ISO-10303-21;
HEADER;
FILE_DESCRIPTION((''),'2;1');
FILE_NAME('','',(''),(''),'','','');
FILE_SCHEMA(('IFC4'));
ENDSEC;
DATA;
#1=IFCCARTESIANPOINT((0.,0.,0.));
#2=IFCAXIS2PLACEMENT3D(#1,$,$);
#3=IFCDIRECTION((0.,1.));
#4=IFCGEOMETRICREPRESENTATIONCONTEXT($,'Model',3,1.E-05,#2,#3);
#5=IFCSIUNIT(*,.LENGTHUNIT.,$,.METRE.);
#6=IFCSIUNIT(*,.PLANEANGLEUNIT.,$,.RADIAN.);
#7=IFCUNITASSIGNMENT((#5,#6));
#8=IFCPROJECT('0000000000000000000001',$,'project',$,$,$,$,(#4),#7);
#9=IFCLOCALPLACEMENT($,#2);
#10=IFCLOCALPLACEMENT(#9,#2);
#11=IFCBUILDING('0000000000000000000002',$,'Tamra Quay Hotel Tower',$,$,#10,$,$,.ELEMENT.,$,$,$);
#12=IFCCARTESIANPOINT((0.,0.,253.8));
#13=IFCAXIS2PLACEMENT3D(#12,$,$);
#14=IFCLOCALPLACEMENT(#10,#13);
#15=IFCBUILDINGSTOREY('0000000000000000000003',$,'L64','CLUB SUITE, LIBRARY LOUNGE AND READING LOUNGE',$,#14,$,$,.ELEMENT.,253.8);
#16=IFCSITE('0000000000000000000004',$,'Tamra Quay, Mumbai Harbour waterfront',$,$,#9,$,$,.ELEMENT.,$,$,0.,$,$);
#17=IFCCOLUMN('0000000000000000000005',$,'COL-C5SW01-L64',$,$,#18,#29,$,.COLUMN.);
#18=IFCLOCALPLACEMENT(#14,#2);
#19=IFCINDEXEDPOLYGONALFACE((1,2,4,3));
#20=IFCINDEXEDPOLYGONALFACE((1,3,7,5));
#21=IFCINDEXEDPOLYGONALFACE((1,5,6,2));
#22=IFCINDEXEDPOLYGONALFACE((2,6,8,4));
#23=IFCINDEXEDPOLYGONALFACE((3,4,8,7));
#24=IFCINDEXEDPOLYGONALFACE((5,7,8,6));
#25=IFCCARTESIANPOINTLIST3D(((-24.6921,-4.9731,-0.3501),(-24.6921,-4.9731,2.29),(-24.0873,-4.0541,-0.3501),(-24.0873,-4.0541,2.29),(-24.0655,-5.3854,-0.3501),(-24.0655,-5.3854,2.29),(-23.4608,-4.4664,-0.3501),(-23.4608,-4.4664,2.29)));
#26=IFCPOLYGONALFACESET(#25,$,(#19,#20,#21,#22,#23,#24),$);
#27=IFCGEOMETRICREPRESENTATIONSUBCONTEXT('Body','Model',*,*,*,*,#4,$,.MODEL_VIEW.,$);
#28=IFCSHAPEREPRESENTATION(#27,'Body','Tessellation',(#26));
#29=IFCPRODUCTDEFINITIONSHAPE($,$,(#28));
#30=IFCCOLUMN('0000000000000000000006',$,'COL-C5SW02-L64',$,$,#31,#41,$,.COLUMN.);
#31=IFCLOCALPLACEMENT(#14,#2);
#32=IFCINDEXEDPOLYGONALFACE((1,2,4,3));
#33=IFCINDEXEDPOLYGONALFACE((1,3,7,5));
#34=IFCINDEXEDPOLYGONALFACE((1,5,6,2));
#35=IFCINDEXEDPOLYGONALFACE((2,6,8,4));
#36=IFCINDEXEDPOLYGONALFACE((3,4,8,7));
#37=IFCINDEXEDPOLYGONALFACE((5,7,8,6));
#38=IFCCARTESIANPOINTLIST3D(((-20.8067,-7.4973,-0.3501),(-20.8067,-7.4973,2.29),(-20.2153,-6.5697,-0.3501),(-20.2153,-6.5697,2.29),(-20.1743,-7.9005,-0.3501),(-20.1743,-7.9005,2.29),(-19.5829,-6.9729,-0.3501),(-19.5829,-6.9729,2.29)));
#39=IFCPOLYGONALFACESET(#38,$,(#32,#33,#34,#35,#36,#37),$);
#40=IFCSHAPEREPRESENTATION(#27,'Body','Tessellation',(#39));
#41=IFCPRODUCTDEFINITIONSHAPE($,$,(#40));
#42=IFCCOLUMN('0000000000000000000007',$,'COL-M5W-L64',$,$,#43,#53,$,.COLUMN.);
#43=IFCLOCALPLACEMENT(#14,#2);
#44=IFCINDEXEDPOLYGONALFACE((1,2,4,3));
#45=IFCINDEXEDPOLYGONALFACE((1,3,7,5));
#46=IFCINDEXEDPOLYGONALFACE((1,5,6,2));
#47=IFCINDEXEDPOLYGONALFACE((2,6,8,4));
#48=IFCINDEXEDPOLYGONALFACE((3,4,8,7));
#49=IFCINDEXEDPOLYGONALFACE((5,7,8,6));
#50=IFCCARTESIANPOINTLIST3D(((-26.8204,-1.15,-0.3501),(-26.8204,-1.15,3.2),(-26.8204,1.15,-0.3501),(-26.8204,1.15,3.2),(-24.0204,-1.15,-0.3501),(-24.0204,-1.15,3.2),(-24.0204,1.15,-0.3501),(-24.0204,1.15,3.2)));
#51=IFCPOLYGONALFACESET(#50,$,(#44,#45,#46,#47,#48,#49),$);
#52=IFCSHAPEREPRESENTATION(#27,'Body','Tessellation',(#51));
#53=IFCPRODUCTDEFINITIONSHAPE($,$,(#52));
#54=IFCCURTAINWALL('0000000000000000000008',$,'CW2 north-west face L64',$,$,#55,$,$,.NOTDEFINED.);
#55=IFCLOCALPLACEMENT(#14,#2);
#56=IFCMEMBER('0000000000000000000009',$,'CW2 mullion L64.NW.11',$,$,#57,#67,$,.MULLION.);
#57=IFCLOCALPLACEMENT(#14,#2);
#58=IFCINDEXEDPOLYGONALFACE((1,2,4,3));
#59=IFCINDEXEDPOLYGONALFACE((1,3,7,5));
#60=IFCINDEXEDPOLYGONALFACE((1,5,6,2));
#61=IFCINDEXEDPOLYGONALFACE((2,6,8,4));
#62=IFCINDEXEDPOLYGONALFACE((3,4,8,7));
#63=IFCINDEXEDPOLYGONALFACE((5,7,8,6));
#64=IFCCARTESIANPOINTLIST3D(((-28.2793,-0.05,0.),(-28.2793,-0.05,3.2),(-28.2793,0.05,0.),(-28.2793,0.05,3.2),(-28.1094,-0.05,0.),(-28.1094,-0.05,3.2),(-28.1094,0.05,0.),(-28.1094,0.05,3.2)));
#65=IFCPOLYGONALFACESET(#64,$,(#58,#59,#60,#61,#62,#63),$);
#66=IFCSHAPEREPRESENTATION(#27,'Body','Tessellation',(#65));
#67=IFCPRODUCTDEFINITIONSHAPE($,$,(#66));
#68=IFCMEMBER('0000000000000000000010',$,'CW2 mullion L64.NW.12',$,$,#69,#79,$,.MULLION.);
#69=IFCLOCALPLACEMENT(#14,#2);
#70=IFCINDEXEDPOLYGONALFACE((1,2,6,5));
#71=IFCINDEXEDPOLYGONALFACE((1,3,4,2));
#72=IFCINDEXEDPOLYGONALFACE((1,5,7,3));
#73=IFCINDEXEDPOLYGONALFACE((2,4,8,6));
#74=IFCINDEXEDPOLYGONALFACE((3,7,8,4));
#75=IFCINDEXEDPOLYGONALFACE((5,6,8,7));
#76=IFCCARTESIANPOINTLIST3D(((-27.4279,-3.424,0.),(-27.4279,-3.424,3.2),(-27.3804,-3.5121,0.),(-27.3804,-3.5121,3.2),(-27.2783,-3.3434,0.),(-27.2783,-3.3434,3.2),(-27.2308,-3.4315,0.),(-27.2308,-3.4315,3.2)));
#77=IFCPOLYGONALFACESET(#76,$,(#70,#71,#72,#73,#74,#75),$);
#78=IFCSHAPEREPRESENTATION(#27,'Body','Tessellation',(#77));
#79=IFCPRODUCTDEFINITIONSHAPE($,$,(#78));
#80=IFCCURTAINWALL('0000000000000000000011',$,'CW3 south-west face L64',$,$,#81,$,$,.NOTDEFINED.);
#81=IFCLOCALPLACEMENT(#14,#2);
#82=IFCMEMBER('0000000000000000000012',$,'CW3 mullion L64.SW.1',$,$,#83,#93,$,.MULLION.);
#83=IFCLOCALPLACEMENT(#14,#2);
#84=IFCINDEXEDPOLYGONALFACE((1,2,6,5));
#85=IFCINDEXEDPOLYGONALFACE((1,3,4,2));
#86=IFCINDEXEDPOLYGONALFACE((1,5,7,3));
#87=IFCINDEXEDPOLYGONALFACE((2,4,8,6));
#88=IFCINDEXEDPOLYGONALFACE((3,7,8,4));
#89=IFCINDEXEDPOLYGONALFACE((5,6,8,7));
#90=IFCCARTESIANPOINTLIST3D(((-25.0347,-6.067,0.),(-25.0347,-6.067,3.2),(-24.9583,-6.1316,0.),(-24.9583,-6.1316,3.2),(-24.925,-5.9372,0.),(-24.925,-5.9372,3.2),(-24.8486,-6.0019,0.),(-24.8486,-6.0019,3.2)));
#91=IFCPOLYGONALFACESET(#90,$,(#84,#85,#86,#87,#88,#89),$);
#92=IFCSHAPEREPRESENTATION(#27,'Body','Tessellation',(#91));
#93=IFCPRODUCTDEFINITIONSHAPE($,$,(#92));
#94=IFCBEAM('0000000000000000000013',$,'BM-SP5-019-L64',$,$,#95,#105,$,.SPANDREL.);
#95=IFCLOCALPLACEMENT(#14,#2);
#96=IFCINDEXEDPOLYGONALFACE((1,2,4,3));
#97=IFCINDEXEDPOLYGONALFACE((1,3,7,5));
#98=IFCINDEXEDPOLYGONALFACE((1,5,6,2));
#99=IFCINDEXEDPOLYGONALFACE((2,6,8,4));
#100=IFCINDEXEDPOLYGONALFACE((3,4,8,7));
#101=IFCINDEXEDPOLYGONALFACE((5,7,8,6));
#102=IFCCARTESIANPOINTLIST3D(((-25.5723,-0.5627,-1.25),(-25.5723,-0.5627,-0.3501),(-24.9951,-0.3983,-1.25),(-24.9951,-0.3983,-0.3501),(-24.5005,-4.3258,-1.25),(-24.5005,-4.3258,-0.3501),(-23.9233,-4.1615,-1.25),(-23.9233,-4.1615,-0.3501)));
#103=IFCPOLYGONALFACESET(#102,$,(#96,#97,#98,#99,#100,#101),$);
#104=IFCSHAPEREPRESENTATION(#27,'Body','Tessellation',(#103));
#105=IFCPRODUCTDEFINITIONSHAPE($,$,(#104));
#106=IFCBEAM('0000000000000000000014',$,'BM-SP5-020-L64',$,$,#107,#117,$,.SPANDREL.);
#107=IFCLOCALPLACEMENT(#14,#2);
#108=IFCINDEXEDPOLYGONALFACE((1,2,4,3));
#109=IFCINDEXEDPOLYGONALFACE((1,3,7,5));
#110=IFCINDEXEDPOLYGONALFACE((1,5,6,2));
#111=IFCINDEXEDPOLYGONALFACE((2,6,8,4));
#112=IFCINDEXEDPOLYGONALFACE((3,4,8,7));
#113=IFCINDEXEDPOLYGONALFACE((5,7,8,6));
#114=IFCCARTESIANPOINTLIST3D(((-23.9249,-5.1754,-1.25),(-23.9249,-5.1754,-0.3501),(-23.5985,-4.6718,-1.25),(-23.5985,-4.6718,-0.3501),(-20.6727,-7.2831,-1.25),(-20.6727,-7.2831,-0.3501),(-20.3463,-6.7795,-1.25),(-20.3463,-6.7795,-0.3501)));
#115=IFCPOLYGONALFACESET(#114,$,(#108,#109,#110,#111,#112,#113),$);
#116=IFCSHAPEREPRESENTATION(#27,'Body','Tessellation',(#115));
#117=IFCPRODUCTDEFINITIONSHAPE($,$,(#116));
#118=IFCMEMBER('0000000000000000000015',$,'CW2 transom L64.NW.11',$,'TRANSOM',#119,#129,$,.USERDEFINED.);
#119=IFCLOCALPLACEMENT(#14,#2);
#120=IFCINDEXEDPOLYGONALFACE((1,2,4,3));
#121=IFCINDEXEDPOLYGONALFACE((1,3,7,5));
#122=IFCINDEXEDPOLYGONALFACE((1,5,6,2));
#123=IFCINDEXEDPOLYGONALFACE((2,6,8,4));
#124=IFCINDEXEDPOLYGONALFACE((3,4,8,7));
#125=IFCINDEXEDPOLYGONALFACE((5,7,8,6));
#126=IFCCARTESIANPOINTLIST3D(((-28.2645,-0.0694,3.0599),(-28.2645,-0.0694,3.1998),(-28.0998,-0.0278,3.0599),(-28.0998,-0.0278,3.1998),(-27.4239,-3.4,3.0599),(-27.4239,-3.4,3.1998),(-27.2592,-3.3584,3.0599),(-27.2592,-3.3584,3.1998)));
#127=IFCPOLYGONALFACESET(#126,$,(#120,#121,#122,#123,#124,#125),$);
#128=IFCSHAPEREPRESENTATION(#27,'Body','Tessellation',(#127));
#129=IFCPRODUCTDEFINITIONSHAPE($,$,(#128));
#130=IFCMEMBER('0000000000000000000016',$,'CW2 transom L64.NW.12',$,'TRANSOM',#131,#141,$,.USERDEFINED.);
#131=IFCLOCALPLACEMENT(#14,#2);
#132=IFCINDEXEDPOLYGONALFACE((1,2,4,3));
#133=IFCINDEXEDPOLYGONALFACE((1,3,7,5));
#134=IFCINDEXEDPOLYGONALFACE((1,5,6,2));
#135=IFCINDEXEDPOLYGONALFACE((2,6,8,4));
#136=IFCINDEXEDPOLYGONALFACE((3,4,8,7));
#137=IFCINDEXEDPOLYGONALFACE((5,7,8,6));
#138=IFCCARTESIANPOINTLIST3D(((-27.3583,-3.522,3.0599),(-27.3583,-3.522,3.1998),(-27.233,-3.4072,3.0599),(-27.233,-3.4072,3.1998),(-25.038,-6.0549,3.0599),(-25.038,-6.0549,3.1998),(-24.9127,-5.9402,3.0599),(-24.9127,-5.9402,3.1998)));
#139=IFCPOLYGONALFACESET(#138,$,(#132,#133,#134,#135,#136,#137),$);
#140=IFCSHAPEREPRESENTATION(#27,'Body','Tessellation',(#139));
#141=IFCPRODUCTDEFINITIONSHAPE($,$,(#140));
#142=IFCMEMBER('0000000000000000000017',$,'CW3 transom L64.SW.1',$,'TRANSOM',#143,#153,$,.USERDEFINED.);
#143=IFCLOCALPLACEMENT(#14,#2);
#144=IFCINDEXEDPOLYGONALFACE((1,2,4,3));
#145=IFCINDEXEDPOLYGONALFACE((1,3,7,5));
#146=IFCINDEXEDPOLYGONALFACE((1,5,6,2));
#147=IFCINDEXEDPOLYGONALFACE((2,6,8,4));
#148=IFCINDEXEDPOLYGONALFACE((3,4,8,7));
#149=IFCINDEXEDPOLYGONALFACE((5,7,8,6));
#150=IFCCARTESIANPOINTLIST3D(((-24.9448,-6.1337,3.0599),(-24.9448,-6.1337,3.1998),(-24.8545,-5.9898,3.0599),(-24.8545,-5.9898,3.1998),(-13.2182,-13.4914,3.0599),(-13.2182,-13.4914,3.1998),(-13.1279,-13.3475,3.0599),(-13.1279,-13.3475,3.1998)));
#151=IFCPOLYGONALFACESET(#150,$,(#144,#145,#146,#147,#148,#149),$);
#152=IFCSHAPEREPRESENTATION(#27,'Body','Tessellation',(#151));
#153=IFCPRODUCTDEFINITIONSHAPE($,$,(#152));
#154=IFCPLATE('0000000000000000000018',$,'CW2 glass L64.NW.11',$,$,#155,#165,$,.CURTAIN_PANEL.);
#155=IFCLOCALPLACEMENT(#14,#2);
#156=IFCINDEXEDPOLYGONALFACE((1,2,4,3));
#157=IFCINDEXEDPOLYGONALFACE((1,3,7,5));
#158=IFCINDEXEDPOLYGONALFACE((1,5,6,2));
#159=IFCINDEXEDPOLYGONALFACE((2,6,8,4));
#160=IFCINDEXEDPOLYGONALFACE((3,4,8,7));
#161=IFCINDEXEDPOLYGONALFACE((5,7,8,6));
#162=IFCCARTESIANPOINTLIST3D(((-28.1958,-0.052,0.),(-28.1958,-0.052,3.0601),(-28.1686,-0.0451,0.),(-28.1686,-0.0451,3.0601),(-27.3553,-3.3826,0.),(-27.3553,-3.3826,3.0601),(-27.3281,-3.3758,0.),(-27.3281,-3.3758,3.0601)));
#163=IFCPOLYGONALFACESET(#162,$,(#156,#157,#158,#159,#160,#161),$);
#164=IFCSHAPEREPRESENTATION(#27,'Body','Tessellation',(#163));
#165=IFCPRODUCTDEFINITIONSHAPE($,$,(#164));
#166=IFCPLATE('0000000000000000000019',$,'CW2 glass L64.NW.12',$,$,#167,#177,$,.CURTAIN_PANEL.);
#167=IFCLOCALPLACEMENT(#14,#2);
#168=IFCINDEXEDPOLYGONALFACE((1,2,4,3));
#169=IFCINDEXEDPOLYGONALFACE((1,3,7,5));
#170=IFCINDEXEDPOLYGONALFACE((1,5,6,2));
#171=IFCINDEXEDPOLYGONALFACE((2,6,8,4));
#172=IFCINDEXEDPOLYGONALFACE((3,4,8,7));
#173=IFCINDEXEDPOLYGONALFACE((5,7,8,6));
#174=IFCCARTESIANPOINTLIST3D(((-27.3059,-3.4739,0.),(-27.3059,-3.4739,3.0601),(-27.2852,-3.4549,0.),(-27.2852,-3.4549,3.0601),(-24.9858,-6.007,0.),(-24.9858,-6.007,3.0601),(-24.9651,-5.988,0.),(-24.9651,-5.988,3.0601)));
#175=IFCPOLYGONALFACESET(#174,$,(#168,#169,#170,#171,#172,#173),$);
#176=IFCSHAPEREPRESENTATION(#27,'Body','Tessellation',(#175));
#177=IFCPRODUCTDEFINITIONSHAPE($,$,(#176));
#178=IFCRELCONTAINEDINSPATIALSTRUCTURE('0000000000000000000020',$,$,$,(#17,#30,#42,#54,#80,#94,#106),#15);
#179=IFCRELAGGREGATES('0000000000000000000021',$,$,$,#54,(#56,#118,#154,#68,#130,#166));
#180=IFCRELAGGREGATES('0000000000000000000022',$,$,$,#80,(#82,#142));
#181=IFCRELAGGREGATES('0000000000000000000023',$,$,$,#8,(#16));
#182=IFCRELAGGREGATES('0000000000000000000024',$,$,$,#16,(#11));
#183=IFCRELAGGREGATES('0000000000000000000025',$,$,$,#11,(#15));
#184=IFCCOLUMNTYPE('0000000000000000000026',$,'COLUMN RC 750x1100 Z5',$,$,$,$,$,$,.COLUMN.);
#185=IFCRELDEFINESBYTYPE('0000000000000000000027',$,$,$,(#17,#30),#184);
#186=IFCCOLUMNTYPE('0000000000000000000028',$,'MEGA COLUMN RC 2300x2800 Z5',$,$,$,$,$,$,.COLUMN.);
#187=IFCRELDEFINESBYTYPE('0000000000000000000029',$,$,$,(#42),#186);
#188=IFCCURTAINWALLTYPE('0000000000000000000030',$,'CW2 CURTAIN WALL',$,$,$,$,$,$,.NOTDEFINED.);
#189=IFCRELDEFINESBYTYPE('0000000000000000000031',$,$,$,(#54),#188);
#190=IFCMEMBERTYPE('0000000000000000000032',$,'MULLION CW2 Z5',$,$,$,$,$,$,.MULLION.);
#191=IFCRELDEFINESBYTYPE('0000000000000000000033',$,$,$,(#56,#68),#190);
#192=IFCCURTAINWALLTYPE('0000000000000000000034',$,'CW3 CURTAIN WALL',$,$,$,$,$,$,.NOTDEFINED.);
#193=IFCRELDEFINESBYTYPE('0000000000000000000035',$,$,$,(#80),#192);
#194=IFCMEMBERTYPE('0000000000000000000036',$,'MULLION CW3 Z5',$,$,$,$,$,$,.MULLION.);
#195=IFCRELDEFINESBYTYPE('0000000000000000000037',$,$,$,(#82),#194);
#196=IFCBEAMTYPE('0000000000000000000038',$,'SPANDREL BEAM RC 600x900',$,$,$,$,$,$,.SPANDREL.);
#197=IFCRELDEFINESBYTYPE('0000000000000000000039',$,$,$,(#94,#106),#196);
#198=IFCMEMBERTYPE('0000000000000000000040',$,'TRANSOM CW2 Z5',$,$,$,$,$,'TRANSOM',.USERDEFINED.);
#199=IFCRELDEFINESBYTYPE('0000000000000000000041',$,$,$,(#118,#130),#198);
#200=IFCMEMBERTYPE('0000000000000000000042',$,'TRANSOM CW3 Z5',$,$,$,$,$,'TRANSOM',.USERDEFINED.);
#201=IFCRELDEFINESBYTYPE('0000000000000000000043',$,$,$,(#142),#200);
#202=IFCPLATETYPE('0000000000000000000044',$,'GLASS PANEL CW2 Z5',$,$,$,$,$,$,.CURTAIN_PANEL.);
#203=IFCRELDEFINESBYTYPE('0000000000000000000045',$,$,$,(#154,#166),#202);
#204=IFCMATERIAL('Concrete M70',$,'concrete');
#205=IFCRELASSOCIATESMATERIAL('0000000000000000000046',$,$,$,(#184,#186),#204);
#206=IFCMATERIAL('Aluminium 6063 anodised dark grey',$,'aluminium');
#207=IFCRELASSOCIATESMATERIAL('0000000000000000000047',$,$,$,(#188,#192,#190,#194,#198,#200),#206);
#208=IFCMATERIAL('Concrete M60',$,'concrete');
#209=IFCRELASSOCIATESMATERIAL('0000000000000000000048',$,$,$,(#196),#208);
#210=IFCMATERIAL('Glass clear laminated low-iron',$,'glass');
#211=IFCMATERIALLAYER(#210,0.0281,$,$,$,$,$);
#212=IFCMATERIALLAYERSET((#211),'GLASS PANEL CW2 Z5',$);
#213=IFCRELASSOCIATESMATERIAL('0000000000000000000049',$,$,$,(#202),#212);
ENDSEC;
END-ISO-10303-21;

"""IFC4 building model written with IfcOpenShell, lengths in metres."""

from ifc_helpers import new_model, si_unit, direction, frame, origin, origin_2d, place, context, subcontext, project, spatial, rectangle, extrude, material, layer, layer_set, material_profile, profile_set, type_object, element, aggregate, save


model = new_model("IFC4")

# Units and contexts
model_context = context("Model", 3, precision=1e-05, world=origin(), true_north=direction((0.0, 1.0)))
body_context = subcontext(model_context, "Body", "Model", "MODEL_VIEW")
ifc_project = project(units=[si_unit("LENGTHUNIT", "METRE"), si_unit("PLANEANGLEUNIT", "RADIAN")], contexts=[model_context])

# Site, building, storey
site_placement = place(None, origin())
site = spatial("IfcSite", under=ifc_project, at=site_placement, Name="Tamra Quay, Mumbai Harbour waterfront", CompositionType="ELEMENT", RefElevation=0.0)
building_placement = place(site_placement, origin())
building = spatial("IfcBuilding", under=site, at=building_placement, Name="Tamra Quay Hotel Tower", CompositionType="ELEMENT")
storey_placement = place(building_placement, frame((0.0, 0.0, 253.8)))
storey = spatial("IfcBuildingStorey", under=building, at=storey_placement, Name="L64", Description="CLUB SUITE, LIBRARY LOUNGE AND READING LOUNGE", CompositionType="ELEMENT", Elevation=253.8)

# Columns
ifc_material_1 = material(Name="Concrete M70", Category="concrete")
ifc_material_profile_1 = material_profile(ifc_material_1, rectangle(XDim=1.1001, YDim=0.75, at=origin_2d()), Name="COLUMN RC 750x1100 Z5")
ifc_profile_set_1 = profile_set([ifc_material_profile_1], Name="Concrete M70")
column_type_1 = type_object("IfcColumnType", Name="COLUMN RC 750x1100 Z5", PredefinedType="COLUMN", material=ifc_profile_set_1)
for number, where, z_axis, x_axis, name in (
    (1, (-24.0764, -4.7197, -0.3501), (0.0, 0.0, 1.0), (0.549739, 0.835337, 0.0), "COL-C5SW01-L64"),
    (2, (-20.1948, -7.2351, -0.3501), (0.0, 0.0, 1.0), (0.537585, 0.843209, 0.0), "COL-C5SW02-L64"),
):
    element("IfcColumn", number, at=place(storey_placement, frame(where, z_axis=z_axis, x_axis=x_axis)), inside=storey, type_object=column_type_1, Name=name, PredefinedType="COLUMN", context=body_context, shape_type="SweptSolid", body=[
        extrude(rectangle(XDim=1.1001, YDim=0.75, at=origin_2d()), origin(), (0.0, 0.0, 1.0), 2.6401),
    ])
ifc_material_profile_2 = material_profile(ifc_material_1, rectangle(XDim=2.8, YDim=2.3, at=origin_2d()), Name="MEGA COLUMN RC 2300x2800 Z5")
ifc_profile_set_2 = profile_set([ifc_material_profile_2], Name="Concrete M70")
column_type_2 = type_object("IfcColumnType", Name="MEGA COLUMN RC 2300x2800 Z5", PredefinedType="COLUMN", material=ifc_profile_set_2)
column_placement = place(storey_placement, frame((-25.4204, 0.0, -0.3501), z_axis=(0.0, 0.0, 1.0), x_axis=(1.0, 0.0, 0.0)))
element("IfcColumn", 3, at=column_placement, inside=storey, type_object=column_type_2, Name="COL-M5W-L64", PredefinedType="COLUMN", context=body_context, shape_type="SweptSolid", body=[
    extrude(rectangle(XDim=2.8, YDim=2.3, at=origin_2d()), origin(), (0.0, 0.0, 1.0), 3.55),
])

# Curtain wall, members
ifc_material_2 = material(Name="Aluminium 6063 anodised dark grey", Category="aluminium")
curtain_wall_type_1 = type_object("IfcCurtainWallType", Name="CW2 CURTAIN WALL", PredefinedType="NOTDEFINED", material=ifc_material_2)
curtain_wall_1_placement = place(storey_placement, origin())
curtain_wall_1 = element("IfcCurtainWall", 4, at=curtain_wall_1_placement, inside=storey, type_object=curtain_wall_type_1, Name="CW2 north-west face L64", PredefinedType="NOTDEFINED")
ifc_material_profile_3 = material_profile(ifc_material_2, rectangle(XDim=0.1699, YDim=0.1001, at=origin_2d()), Name="MULLION 100X170")
ifc_profile_set_3 = profile_set([ifc_material_profile_3], Name="Aluminium 6063 anodised dark grey")
member_type_1 = type_object("IfcMemberType", Name="MULLION CW2 Z5", PredefinedType="MULLION", material=ifc_profile_set_3)
member_1_placement = place(storey_placement, frame((-28.1943, 0.0, 0.0), z_axis=(0.0, 0.0, 1.0), x_axis=(-1.0, 0.0, 0.0)))
member_1 = element("IfcMember", 5, at=member_1_placement, type_object=member_type_1, Name="CW2 mullion L64.NW.11", PredefinedType="MULLION", context=body_context, shape_type="SweptSolid", body=[
    extrude(rectangle(XDim=0.1699, YDim=0.1001, at=origin_2d()), origin(), (0.0, 0.0, 1.0), 3.2),
])
member_2_placement = place(storey_placement, frame((-27.3293, -3.4277, 0.0), z_axis=(0.0, 0.0, 1.0), x_axis=(-0.880267, -0.474479, 0.0)))
member_2 = element("IfcMember", 6, at=member_2_placement, type_object=member_type_1, Name="CW2 mullion L64.NW.12", PredefinedType="MULLION", context=body_context, shape_type="SweptSolid", body=[
    extrude(rectangle(XDim=0.1699, YDim=0.1001, at=origin_2d()), origin(), (0.0, 0.0, 1.0), 3.2),
])

# Curtain wall, member
curtain_wall_type_2 = type_object("IfcCurtainWallType", Name="CW3 CURTAIN WALL", PredefinedType="NOTDEFINED", material=ifc_material_2)
curtain_wall_2_placement = place(storey_placement, origin())
curtain_wall_2 = element("IfcCurtainWall", 7, at=curtain_wall_2_placement, inside=storey, type_object=curtain_wall_type_2, Name="CW3 south-west face L64", PredefinedType="NOTDEFINED")
ifc_material_profile_4 = material_profile(ifc_material_2, rectangle(XDim=0.1699, YDim=0.1001, at=origin_2d()), Name="MULLION 100X170")
ifc_profile_set_4 = profile_set([ifc_material_profile_4], Name="Aluminium 6063 anodised dark grey")
member_type_2 = type_object("IfcMemberType", Name="MULLION CW3 Z5", PredefinedType="MULLION", material=ifc_profile_set_4)
member_3_placement = place(storey_placement, frame((-24.9417, -6.0344, 0.0), z_axis=(0.0, 0.0, 1.0), x_axis=(-0.645846, -0.763467, 0.0)))
member_3 = element("IfcMember", 8, at=member_3_placement, type_object=member_type_2, Name="CW3 mullion L64.SW.1", PredefinedType="MULLION", context=body_context, shape_type="SweptSolid", body=[
    extrude(rectangle(XDim=0.1699, YDim=0.1001, at=origin_2d()), origin(), (0.0, 0.0, 1.0), 3.2),
])

# Beams
ifc_material_3 = material(Name="Concrete M60", Category="concrete")
ifc_material_profile_5 = material_profile(ifc_material_3, rectangle(XDim=0.6001, YDim=0.8999, at=origin_2d()), Name="SPANDREL BEAM RC 600x900")
ifc_profile_set_5 = profile_set([ifc_material_profile_5], Name="Concrete M60")
beam_type = type_object("IfcBeamType", Name="SPANDREL BEAM RC 600x900", PredefinedType="SPANDREL", material=ifc_profile_set_5)
beam_1_placement = place(storey_placement, frame((-25.2837, -0.4805, -0.8), z_axis=(0.273913, -0.961754, 0.0), x_axis=(0.961754, 0.273913, 0.0)))
element("IfcBeam", 9, at=beam_1_placement, inside=storey, type_object=beam_type, Name="BM-SP5-019-L64", PredefinedType="SPANDREL", context=body_context, shape_type="SweptSolid", body=[
    extrude(rectangle(XDim=0.6001, YDim=0.8999, at=origin_2d()), origin(), (0.0, 0.0, 1.0), 3.9128),
])
beam_2_placement = place(storey_placement, frame((-23.7617, -4.9236, -0.8), z_axis=(0.839181, -0.543852, 0.0), x_axis=(0.543852, 0.839181, 0.0)))
element("IfcBeam", 10, at=beam_2_placement, inside=storey, type_object=beam_type, Name="BM-SP5-020-L64", PredefinedType="SPANDREL", context=body_context, shape_type="SweptSolid", body=[
    extrude(rectangle(XDim=0.6001, YDim=0.8999, at=origin_2d()), origin(), (0.0, 0.0, 1.0), 3.8755),
])

# Members
ifc_material_profile_6 = material_profile(ifc_material_2, rectangle(XDim=0.1699, YDim=0.1399, at=origin_2d()), Name="TRANSOM 170X140")
ifc_profile_set_6 = profile_set([ifc_material_profile_6], Name="Aluminium 6063 anodised dark grey")
member_type_3 = type_object("IfcMemberType", Name="TRANSOM CW2 Z5", ElementType="TRANSOM", PredefinedType="USERDEFINED", material=ifc_profile_set_6)
member_4_placement = place(storey_placement, frame((-28.1821, -0.0486, 3.1299), z_axis=(0.244709, -0.969597, 0.0), x_axis=(0.969597, 0.244709, 0.0)))
member_4 = element("IfcMember", 11, at=member_4_placement, type_object=member_type_3, Name="CW2 transom L64.NW.11", ObjectType="TRANSOM", PredefinedType="USERDEFINED", context=body_context, shape_type="SweptSolid", body=[
    extrude(rectangle(XDim=0.1699, YDim=0.1399, at=origin_2d()), origin(), (0.0, 0.0, 1.0), 3.4351),
])
member_5_placement = place(storey_placement, frame((-27.2957, -3.4646, 3.1299), z_axis=(0.675477, -0.737381, 0.0), x_axis=(0.737381, 0.675477, 0.0)))
member_5 = element("IfcMember", 12, at=member_5_placement, type_object=member_type_3, Name="CW2 transom L64.NW.12", ObjectType="TRANSOM", PredefinedType="USERDEFINED", context=body_context, shape_type="SweptSolid", body=[
    extrude(rectangle(XDim=0.1699, YDim=0.1399, at=origin_2d()), origin(), (0.0, 0.0, 1.0), 3.4351),
])
ifc_material_profile_7 = material_profile(ifc_material_2, rectangle(XDim=0.1699, YDim=0.1399, at=origin_2d()), Name="TRANSOM 170X140")
ifc_profile_set_7 = profile_set([ifc_material_profile_7], Name="Aluminium 6063 anodised dark grey")
member_type_4 = type_object("IfcMemberType", Name="TRANSOM CW3 Z5", ElementType="TRANSOM", PredefinedType="USERDEFINED", material=ifc_profile_set_7)
member_6_placement = place(storey_placement, frame((-24.8997, -6.0618, 3.1299), z_axis=(0.84707, -0.531482, 0.0), x_axis=(0.531482, 0.84707, 0.0)))
member_6 = element("IfcMember", 13, at=member_6_placement, type_object=member_type_4, Name="CW3 transom L64.SW.1", ObjectType="TRANSOM", PredefinedType="USERDEFINED", context=body_context, shape_type="SweptSolid", body=[
    extrude(rectangle(XDim=0.1699, YDim=0.1399, at=origin_2d()), origin(), (0.0, 0.0, 1.0), 13.8438),
])

# Plates
ifc_material_4 = material(Name="Glass clear laminated low-iron", Category="glass")
ifc_layer_1 = layer(ifc_material_4, 0.0281)
ifc_layer_set_1 = layer_set([ifc_layer_1], Name="GLASS PANEL CW2 Z5")
plate_type_1 = type_object("IfcPlateType", Name="GLASS PANEL CW2 Z5", PredefinedType="CURTAIN_PANEL", material=ifc_layer_set_1)
plate_1_placement = place(storey_placement, frame((-27.762, -1.7139, 0.0), z_axis=(0.0, 0.0, 1.0), x_axis=(0.244677, -0.969605, 0.0)))
plate_1 = element("IfcPlate", 14, at=plate_1_placement, type_object=plate_type_1, Name="CW2 glass L64.NW.11", PredefinedType="CURTAIN_PANEL", context=body_context, shape_type="SweptSolid", body=[
    extrude(rectangle(XDim=3.4351, YDim=0.0281, at=origin_2d()), origin(), (0.0, 0.0, 1.0), 3.0601),
])
plate_2_placement = place(storey_placement, frame((-26.1355, -4.731, 0.0), z_axis=(0.0, 0.0, 1.0), x_axis=(0.675438, -0.737417, 0.0)))
plate_2 = element("IfcPlate", 15, at=plate_2_placement, type_object=plate_type_1, Name="CW2 glass L64.NW.12", PredefinedType="CURTAIN_PANEL", context=body_context, shape_type="SweptSolid", body=[
    extrude(rectangle(XDim=3.4351, YDim=0.0281, at=origin_2d()), origin(), (0.0, 0.0, 1.0), 3.0601),
])
aggregate(curtain_wall_1, [member_1, member_4, plate_1, member_2, member_5, plate_2])
aggregate(curtain_wall_2, [member_3, member_6])

save(model, "model.ifc")
